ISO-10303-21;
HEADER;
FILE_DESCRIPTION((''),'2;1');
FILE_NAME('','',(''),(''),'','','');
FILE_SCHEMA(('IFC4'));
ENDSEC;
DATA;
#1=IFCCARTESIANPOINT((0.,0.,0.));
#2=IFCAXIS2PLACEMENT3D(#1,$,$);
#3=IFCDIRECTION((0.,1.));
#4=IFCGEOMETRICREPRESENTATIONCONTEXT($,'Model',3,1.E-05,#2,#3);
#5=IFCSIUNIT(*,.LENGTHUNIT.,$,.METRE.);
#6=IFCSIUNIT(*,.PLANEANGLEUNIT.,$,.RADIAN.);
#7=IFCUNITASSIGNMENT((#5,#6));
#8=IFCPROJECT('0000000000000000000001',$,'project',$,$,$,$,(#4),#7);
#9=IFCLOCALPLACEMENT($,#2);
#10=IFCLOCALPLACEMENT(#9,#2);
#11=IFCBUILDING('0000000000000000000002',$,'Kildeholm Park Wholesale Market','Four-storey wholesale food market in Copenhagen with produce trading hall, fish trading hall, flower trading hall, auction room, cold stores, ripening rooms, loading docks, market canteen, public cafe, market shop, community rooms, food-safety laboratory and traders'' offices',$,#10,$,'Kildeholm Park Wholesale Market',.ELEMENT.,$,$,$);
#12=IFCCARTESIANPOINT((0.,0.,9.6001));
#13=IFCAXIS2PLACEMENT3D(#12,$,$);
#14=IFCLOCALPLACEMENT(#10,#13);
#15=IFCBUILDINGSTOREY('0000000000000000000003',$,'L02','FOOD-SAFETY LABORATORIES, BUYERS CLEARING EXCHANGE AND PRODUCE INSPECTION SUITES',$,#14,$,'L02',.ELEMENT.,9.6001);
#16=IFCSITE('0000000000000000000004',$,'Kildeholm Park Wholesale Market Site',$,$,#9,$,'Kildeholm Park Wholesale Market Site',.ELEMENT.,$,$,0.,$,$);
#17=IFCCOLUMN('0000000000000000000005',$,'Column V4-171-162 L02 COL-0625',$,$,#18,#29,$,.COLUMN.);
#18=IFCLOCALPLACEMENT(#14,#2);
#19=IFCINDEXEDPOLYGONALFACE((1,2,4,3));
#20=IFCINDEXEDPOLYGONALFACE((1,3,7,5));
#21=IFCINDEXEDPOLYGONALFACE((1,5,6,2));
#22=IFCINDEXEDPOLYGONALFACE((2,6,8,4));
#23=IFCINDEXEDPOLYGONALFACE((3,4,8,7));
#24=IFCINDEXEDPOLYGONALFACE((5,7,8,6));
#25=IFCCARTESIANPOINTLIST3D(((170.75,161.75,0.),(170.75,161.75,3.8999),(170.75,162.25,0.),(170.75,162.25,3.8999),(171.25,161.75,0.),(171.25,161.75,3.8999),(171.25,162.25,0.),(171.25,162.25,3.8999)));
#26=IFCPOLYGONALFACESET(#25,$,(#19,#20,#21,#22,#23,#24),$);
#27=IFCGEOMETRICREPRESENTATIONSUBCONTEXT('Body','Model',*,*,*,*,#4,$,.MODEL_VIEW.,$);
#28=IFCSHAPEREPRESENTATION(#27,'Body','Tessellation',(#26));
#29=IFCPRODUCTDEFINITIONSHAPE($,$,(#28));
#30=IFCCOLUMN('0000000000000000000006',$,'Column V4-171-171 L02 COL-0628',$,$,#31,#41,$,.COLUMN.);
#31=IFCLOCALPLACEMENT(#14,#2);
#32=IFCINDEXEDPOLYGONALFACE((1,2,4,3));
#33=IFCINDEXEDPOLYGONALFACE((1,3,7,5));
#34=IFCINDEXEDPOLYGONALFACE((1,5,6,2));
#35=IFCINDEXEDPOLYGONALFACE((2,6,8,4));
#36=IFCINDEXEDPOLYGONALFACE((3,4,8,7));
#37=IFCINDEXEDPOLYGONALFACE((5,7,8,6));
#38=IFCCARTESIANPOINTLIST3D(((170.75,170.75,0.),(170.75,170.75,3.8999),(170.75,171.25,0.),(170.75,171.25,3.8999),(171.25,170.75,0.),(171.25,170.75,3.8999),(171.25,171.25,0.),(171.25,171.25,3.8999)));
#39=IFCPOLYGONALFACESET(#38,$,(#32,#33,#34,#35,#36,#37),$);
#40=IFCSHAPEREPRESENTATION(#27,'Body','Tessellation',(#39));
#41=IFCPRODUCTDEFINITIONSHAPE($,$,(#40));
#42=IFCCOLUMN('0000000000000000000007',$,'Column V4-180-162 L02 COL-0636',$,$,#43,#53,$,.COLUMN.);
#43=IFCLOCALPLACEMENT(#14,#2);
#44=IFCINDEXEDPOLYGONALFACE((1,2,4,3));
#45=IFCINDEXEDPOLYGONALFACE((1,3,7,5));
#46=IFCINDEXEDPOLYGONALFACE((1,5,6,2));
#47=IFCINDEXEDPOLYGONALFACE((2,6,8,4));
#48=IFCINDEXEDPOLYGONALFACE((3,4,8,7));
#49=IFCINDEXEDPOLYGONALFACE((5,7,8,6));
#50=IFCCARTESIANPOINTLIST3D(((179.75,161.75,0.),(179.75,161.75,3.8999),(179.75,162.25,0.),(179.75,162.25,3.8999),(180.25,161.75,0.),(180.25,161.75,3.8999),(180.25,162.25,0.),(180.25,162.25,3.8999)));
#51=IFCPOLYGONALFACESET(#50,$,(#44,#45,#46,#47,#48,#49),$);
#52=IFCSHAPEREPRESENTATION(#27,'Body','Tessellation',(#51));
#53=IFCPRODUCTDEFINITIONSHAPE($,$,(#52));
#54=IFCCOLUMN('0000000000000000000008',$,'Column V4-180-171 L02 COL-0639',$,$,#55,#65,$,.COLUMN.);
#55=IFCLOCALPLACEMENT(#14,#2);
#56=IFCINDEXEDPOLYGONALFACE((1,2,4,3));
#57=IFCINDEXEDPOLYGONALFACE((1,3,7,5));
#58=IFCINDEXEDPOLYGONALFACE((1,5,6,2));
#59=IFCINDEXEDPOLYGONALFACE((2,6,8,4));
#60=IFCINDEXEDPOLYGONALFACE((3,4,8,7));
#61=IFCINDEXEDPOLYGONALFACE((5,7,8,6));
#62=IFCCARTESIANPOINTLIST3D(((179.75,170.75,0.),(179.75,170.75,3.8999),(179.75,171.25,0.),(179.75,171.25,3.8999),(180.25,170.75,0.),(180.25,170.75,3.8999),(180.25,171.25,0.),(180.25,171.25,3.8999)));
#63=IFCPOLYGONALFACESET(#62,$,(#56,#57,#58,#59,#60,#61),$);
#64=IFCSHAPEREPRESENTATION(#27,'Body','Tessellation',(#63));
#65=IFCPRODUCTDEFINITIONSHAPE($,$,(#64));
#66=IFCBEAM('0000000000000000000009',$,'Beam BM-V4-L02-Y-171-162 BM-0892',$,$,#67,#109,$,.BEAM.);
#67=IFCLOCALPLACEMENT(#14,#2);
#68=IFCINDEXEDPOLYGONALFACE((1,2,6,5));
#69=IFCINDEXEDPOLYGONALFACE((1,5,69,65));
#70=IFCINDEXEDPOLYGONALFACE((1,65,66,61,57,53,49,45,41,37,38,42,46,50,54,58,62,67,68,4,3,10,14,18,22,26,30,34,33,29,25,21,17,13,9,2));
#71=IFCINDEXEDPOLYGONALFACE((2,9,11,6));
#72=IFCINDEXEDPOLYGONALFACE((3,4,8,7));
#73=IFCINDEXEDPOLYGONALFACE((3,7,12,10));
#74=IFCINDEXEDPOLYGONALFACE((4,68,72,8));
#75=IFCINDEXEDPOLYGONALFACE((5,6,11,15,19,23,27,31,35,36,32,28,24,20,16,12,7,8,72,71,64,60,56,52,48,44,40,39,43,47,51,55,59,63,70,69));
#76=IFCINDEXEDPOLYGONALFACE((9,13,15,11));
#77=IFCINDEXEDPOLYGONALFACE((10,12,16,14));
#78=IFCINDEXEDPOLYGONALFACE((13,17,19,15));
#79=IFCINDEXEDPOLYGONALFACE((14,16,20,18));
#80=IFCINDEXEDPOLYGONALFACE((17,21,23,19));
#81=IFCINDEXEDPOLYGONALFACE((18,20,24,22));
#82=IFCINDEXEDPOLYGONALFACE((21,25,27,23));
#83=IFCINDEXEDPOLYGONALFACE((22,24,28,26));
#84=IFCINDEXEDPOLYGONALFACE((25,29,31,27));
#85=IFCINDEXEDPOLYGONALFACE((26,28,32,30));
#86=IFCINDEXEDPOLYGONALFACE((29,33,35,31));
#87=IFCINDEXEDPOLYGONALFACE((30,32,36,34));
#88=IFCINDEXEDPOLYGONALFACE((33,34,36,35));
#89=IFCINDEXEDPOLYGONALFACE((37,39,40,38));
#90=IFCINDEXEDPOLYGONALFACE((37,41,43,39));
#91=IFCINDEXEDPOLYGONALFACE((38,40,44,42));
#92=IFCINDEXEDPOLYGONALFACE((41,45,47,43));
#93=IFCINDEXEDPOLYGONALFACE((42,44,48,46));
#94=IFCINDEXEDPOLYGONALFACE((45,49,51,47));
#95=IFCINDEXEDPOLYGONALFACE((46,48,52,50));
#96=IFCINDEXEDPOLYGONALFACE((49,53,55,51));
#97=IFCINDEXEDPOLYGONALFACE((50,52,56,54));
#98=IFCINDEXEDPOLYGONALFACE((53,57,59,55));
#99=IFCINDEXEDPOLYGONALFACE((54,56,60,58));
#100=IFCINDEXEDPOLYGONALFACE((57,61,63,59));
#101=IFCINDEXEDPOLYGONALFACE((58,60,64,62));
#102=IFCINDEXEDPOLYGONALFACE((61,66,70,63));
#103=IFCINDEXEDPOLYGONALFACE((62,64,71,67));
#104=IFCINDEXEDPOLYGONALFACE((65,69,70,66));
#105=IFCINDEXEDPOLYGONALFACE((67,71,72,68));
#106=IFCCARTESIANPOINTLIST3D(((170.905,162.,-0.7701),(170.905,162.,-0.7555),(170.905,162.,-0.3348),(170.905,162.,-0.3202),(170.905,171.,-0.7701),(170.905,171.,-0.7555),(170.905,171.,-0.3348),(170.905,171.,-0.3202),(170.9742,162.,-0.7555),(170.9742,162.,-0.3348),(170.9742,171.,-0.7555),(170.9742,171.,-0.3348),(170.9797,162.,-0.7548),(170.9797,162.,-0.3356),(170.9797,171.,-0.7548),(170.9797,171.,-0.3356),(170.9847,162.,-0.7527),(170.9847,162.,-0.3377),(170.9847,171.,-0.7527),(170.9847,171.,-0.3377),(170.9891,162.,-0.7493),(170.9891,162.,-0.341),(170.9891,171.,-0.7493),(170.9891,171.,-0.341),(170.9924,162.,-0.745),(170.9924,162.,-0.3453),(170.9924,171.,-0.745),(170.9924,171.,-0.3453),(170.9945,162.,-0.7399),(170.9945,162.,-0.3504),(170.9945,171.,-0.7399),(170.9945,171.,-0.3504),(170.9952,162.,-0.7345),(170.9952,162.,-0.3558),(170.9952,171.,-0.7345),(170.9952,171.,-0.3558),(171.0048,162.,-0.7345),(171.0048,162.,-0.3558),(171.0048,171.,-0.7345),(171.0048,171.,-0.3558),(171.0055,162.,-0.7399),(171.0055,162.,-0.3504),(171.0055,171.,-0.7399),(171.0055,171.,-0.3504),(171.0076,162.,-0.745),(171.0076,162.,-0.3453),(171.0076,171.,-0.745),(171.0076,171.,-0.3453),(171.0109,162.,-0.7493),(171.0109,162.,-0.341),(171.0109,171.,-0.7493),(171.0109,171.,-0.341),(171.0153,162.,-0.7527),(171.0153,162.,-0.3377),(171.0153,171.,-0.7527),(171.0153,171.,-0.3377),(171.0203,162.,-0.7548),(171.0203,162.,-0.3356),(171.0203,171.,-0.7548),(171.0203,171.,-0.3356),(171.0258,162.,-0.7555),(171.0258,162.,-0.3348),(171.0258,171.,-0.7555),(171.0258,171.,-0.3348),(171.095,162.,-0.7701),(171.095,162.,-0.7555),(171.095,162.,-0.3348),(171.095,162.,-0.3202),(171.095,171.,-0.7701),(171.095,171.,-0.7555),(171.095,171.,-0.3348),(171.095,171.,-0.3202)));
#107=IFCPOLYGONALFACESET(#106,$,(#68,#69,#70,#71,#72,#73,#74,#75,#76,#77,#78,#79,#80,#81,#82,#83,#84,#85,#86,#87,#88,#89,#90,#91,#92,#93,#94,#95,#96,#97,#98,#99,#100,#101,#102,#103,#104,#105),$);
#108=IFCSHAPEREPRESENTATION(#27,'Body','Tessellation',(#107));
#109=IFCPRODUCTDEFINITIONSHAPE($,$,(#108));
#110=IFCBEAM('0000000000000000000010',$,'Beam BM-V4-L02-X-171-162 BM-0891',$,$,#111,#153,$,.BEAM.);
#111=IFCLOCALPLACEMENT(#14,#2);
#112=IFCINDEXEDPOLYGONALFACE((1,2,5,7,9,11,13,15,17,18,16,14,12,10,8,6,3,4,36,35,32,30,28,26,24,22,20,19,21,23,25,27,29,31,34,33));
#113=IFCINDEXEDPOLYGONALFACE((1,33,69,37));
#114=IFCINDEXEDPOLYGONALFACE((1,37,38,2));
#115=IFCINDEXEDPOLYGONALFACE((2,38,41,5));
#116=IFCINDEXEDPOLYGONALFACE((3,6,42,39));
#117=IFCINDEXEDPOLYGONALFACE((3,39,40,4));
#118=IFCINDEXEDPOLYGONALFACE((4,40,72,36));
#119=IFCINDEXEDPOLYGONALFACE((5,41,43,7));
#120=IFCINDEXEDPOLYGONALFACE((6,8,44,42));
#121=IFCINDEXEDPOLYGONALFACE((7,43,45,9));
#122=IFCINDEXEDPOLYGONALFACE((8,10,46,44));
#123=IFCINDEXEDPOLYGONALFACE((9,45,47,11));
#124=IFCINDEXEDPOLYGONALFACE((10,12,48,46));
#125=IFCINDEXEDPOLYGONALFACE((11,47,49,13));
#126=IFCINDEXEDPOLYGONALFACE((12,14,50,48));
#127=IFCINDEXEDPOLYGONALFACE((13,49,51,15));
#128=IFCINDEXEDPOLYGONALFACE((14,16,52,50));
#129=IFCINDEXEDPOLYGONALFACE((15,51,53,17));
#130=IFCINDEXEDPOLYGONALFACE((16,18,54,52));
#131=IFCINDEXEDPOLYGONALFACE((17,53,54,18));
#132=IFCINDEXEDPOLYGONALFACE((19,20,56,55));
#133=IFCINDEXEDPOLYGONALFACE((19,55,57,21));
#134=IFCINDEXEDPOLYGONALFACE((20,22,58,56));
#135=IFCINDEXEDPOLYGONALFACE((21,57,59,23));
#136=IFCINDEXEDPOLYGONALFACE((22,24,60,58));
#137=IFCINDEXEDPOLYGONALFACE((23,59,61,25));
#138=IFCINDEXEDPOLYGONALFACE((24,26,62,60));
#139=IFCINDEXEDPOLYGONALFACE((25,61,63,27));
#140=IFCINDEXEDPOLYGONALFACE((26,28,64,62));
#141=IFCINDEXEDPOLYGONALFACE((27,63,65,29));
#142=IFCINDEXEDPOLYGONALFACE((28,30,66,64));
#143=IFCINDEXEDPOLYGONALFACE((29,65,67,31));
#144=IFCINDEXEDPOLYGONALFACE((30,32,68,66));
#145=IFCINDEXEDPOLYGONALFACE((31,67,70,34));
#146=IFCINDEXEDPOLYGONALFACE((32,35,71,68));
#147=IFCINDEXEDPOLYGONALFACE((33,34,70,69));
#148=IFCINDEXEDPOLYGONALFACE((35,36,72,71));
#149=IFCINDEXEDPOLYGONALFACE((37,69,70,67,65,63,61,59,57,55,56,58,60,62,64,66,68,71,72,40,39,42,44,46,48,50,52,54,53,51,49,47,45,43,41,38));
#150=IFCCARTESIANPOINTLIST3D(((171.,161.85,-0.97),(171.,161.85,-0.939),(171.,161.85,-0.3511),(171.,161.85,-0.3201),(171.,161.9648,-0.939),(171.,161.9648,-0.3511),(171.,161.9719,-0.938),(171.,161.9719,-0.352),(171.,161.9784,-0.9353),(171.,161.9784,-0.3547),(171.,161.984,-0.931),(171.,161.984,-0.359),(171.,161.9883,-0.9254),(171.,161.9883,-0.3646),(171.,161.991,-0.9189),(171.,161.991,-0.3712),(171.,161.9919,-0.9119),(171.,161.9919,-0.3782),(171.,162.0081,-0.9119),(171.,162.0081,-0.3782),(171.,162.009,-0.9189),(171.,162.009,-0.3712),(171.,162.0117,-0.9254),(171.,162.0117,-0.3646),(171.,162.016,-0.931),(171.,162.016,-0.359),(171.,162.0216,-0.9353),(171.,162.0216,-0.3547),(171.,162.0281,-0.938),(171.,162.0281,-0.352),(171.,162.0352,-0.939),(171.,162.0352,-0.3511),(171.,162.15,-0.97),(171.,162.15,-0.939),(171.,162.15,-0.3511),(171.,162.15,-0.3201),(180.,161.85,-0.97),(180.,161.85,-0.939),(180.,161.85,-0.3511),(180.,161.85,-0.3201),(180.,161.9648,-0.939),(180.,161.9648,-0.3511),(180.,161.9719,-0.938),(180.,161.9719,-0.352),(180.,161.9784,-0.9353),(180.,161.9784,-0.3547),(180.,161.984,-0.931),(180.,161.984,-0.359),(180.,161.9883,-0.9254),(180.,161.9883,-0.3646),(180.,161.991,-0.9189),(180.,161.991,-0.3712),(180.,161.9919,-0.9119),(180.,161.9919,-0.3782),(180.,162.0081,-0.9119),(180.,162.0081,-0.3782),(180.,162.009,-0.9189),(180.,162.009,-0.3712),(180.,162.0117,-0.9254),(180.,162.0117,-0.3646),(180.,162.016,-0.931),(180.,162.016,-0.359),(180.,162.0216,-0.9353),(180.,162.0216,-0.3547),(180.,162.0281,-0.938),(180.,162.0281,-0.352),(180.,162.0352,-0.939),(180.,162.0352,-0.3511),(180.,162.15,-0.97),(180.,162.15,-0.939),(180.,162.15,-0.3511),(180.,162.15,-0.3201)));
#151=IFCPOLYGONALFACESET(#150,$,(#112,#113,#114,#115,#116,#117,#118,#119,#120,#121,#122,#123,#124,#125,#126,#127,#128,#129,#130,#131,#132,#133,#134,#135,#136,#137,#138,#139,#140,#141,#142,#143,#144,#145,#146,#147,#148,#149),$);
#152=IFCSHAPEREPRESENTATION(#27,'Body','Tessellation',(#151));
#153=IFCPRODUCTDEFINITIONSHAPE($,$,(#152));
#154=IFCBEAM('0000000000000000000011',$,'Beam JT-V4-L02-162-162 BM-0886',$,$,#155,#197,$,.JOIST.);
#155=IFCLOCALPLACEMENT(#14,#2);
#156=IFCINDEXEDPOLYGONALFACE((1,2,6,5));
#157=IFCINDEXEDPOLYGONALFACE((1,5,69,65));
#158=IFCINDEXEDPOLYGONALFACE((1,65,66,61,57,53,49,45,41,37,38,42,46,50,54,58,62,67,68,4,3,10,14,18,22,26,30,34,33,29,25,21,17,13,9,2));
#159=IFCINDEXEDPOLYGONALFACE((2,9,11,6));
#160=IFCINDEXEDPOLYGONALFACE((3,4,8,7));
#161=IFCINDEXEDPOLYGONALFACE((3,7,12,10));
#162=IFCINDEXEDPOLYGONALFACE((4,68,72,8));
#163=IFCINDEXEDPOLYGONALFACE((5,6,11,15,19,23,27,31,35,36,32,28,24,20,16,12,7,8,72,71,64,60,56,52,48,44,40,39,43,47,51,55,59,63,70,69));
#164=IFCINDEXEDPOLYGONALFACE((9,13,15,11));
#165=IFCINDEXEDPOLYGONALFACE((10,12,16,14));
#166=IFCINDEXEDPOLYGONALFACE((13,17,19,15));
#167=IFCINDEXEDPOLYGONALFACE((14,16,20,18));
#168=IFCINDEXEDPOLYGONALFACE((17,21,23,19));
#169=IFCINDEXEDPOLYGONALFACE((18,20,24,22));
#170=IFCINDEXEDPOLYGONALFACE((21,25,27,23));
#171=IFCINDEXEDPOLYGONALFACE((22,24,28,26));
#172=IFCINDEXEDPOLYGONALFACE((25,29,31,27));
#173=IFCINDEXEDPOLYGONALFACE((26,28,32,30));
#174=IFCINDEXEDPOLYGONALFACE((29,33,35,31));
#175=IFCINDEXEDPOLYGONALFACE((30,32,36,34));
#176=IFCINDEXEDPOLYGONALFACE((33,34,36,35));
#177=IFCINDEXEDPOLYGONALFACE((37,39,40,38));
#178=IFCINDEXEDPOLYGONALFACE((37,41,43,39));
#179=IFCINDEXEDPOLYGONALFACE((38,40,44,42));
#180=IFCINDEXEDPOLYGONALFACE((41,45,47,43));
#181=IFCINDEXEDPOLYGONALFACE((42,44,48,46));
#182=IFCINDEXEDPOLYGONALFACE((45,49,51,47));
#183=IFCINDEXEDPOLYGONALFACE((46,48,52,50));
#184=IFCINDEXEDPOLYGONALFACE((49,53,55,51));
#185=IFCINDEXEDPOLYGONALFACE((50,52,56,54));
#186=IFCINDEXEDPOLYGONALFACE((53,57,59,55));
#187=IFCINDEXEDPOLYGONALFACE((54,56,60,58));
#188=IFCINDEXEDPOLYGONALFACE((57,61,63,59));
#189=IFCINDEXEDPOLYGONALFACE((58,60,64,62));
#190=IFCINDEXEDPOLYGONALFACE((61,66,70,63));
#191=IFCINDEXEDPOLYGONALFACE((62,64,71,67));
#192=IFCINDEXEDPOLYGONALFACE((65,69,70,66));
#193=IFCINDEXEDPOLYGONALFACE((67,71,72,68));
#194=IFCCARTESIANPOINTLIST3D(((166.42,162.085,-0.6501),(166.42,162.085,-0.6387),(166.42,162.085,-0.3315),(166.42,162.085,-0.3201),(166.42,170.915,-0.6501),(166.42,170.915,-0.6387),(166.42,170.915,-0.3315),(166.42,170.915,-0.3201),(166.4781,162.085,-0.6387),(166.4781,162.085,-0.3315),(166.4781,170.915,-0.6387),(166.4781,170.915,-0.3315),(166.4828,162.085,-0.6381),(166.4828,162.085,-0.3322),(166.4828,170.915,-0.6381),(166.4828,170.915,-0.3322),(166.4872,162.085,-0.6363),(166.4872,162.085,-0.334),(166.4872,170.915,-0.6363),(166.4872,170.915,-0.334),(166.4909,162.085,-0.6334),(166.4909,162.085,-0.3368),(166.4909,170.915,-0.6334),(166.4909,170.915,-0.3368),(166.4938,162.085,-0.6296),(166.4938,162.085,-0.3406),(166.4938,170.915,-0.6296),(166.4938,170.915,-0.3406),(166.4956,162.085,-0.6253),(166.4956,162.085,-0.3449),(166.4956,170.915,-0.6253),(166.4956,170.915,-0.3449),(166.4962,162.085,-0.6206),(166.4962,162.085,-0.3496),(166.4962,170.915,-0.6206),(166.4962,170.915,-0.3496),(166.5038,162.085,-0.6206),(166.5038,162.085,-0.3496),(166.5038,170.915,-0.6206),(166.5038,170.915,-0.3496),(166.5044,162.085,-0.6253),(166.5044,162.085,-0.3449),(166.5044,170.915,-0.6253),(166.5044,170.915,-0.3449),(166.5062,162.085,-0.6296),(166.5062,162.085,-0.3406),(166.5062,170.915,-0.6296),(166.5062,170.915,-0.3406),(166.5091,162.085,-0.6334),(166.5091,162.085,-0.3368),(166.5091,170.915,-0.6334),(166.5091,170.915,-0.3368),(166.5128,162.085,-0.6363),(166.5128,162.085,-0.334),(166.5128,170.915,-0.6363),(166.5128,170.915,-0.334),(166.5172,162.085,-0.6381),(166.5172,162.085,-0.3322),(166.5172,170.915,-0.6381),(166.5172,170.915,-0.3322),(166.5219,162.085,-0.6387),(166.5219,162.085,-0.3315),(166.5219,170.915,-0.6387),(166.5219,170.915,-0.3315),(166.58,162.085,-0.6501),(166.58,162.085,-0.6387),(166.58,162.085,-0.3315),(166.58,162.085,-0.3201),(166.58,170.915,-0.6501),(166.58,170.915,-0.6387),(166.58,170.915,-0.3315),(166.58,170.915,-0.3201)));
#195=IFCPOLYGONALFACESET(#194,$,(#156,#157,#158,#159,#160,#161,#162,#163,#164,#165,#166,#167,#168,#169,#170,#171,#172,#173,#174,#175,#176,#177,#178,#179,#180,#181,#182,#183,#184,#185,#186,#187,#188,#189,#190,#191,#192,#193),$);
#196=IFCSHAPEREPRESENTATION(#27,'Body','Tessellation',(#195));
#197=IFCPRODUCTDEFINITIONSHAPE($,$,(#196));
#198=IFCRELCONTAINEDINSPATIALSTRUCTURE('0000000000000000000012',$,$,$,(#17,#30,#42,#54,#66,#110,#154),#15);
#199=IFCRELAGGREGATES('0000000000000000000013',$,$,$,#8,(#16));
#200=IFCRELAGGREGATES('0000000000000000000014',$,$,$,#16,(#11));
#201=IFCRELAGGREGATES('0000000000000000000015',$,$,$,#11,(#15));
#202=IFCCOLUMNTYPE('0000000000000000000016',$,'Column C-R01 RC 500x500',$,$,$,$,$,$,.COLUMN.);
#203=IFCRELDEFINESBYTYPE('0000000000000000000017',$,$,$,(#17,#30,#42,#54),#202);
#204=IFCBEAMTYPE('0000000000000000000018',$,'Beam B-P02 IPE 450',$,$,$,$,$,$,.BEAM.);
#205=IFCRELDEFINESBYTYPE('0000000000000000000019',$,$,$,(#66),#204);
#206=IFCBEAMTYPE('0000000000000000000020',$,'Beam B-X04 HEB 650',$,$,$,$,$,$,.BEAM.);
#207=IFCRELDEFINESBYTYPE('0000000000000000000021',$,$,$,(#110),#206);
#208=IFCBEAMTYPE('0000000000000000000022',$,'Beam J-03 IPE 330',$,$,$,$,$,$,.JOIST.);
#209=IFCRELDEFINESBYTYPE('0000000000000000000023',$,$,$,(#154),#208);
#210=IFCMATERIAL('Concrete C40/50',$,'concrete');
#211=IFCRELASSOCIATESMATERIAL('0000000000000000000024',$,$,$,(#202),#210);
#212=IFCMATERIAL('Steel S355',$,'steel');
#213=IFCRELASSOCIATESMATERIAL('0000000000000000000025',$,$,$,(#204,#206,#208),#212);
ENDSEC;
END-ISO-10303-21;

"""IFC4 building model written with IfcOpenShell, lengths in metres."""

from ifc_helpers import new_model, si_unit, direction, frame, origin, origin_2d, place, context, subcontext, project, spatial, rectangle, i_section, extrude, material, material_profile, profile_set, type_object, element, save


model = new_model("IFC4")

# Units and contexts
model_context = context("Model", 3, precision=1e-05, world=origin(), true_north=direction((0.0, 1.0)))
body_context = subcontext(model_context, "Body", "Model", "MODEL_VIEW")
ifc_project = project(units=[si_unit("LENGTHUNIT", "METRE"), si_unit("PLANEANGLEUNIT", "RADIAN")], contexts=[model_context])

# Site, building, storey
site_placement = place(None, origin())
site = spatial("IfcSite", under=ifc_project, at=site_placement, Name="Kildeholm Park Wholesale Market Site", LongName="Kildeholm Park Wholesale Market Site", CompositionType="ELEMENT", RefElevation=0.0)
building_placement = place(site_placement, origin())
building = spatial("IfcBuilding", under=site, at=building_placement, Name="Kildeholm Park Wholesale Market", Description="Four-storey wholesale food market in Copenhagen with produce trading hall, fish trading hall, flower trading hall, auction room, cold stores, ripening rooms, loading docks, market canteen, public cafe, market shop, community rooms, food-safety laboratory and traders' offices", LongName="Kildeholm Park Wholesale Market", CompositionType="ELEMENT")
storey_placement = place(building_placement, frame((0.0, 0.0, 9.6001)))
storey = spatial("IfcBuildingStorey", under=building, at=storey_placement, Name="L02", Description="FOOD-SAFETY LABORATORIES, BUYERS CLEARING EXCHANGE AND PRODUCE INSPECTION SUITES", LongName="L02", CompositionType="ELEMENT", Elevation=9.6001)

# Columns
ifc_material_1 = material(Name="Concrete C40/50", Category="concrete")
ifc_material_profile_1 = material_profile(ifc_material_1, rectangle(XDim=0.5, YDim=0.5, at=origin_2d()), Name="RC 500x500")
ifc_profile_set_1 = profile_set([ifc_material_profile_1], Name="Concrete C40/50")
column_type = type_object("IfcColumnType", Name="Column C-R01 RC 500x500", PredefinedType="COLUMN", material=ifc_profile_set_1)
for number, where, z_axis, x_axis, name in (
    (1, (171.0, 162.0, 0.0), (0.0, 0.0, 1.0), (1.0, 0.0, 0.0), "Column V4-171-162 L02 COL-0625"),
    (2, (171.0, 171.0, 0.0), (0.0, 0.0, 1.0), (1.0, 0.0, 0.0), "Column V4-171-171 L02 COL-0628"),
    (3, (180.0, 162.0, 0.0), (0.0, 0.0, 1.0), (1.0, 0.0, 0.0), "Column V4-180-162 L02 COL-0636"),
    (4, (180.0, 171.0, 0.0), (0.0, 0.0, 1.0), (1.0, 0.0, 0.0), "Column V4-180-171 L02 COL-0639"),
):
    element("IfcColumn", number, at=place(storey_placement, frame(where, z_axis=z_axis, x_axis=x_axis)), inside=storey, type_object=column_type, Name=name, PredefinedType="COLUMN", context=body_context, shape_type="SweptSolid", body=[
        extrude(rectangle(XDim=0.5, YDim=0.5, at=origin_2d()), origin(), (0.0, 0.0, 1.0), 3.8999),
    ])

# Beams
ifc_material_2 = material(Name="Steel S355", Category="steel")
ifc_material_profile_2 = material_profile(ifc_material_2, i_section(OverallWidth=0.1899, OverallDepth=0.45, WebThickness=0.0095, FlangeThickness=0.0146, FilletRadius=0.021, at=origin_2d()), Name="IPE 450")
ifc_profile_set_2 = profile_set([ifc_material_profile_2], Name="Steel S355")
beam_type_1 = type_object("IfcBeamType", Name="Beam B-P02 IPE 450", PredefinedType="BEAM", material=ifc_profile_set_2)
beam_1_placement = place(storey_placement, frame((171.0, 162.0, -0.5452), z_axis=(0.0, 1.0, 0.0), x_axis=(-1.0, 0.0, 0.0)))
element("IfcBeam", 5, at=beam_1_placement, inside=storey, type_object=beam_type_1, Name="Beam BM-V4-L02-Y-171-162 BM-0892", PredefinedType="BEAM", context=body_context, shape_type="SweptSolid", body=[
    extrude(i_section(OverallWidth=0.1899, OverallDepth=0.45, WebThickness=0.0095, FlangeThickness=0.0146, FilletRadius=0.021, at=origin_2d()), origin(), (0.0, 0.0, 1.0), 9.0),
])
ifc_material_profile_3 = material_profile(ifc_material_2, i_section(OverallWidth=0.3, OverallDepth=0.6499, WebThickness=0.0161, FlangeThickness=0.031, FilletRadius=0.0271, at=origin_2d()), Name="HEB 650")
ifc_profile_set_3 = profile_set([ifc_material_profile_3], Name="Steel S355")
beam_type_2 = type_object("IfcBeamType", Name="Beam B-X04 HEB 650", PredefinedType="BEAM", material=ifc_profile_set_3)
beam_2_placement = place(storey_placement, frame((171.0, 162.0, -0.645), z_axis=(1.0, 0.0, 0.0), x_axis=(0.0, 1.0, 0.0)))
element("IfcBeam", 6, at=beam_2_placement, inside=storey, type_object=beam_type_2, Name="Beam BM-V4-L02-X-171-162 BM-0891", PredefinedType="BEAM", context=body_context, shape_type="SweptSolid", body=[
    extrude(i_section(OverallWidth=0.3, OverallDepth=0.6499, WebThickness=0.0161, FlangeThickness=0.031, FilletRadius=0.0271, at=origin_2d()), origin(), (0.0, 0.0, 1.0), 9.0),
])
ifc_material_profile_4 = material_profile(ifc_material_2, i_section(OverallWidth=0.1599, OverallDepth=0.3301, WebThickness=0.0076, FlangeThickness=0.0115, FilletRadius=0.0181, at=origin_2d()), Name="IPE 330")
ifc_profile_set_4 = profile_set([ifc_material_profile_4], Name="Steel S355")
beam_type_3 = type_object("IfcBeamType", Name="Beam J-03 IPE 330", PredefinedType="JOIST", material=ifc_profile_set_4)
for number, where, z_axis, x_axis, name in (
    (7, (166.5, 162.085, -0.4851), (0.0, 1.0, 0.0), (-1.0, 0.0, 0.0), "Beam JT-V4-L02-162-162 BM-0886"),
):
    element("IfcBeam", number, at=place(storey_placement, frame(where, z_axis=z_axis, x_axis=x_axis)), inside=storey, type_object=beam_type_3, Name=name, PredefinedType="JOIST", context=body_context, shape_type="SweptSolid", body=[
        extrude(i_section(OverallWidth=0.1599, OverallDepth=0.3301, WebThickness=0.0076, FlangeThickness=0.0115, FilletRadius=0.0181, at=origin_2d()), origin(), (0.0, 0.0, 1.0), 8.8301),
    ])

save(model, "model.ifc")
